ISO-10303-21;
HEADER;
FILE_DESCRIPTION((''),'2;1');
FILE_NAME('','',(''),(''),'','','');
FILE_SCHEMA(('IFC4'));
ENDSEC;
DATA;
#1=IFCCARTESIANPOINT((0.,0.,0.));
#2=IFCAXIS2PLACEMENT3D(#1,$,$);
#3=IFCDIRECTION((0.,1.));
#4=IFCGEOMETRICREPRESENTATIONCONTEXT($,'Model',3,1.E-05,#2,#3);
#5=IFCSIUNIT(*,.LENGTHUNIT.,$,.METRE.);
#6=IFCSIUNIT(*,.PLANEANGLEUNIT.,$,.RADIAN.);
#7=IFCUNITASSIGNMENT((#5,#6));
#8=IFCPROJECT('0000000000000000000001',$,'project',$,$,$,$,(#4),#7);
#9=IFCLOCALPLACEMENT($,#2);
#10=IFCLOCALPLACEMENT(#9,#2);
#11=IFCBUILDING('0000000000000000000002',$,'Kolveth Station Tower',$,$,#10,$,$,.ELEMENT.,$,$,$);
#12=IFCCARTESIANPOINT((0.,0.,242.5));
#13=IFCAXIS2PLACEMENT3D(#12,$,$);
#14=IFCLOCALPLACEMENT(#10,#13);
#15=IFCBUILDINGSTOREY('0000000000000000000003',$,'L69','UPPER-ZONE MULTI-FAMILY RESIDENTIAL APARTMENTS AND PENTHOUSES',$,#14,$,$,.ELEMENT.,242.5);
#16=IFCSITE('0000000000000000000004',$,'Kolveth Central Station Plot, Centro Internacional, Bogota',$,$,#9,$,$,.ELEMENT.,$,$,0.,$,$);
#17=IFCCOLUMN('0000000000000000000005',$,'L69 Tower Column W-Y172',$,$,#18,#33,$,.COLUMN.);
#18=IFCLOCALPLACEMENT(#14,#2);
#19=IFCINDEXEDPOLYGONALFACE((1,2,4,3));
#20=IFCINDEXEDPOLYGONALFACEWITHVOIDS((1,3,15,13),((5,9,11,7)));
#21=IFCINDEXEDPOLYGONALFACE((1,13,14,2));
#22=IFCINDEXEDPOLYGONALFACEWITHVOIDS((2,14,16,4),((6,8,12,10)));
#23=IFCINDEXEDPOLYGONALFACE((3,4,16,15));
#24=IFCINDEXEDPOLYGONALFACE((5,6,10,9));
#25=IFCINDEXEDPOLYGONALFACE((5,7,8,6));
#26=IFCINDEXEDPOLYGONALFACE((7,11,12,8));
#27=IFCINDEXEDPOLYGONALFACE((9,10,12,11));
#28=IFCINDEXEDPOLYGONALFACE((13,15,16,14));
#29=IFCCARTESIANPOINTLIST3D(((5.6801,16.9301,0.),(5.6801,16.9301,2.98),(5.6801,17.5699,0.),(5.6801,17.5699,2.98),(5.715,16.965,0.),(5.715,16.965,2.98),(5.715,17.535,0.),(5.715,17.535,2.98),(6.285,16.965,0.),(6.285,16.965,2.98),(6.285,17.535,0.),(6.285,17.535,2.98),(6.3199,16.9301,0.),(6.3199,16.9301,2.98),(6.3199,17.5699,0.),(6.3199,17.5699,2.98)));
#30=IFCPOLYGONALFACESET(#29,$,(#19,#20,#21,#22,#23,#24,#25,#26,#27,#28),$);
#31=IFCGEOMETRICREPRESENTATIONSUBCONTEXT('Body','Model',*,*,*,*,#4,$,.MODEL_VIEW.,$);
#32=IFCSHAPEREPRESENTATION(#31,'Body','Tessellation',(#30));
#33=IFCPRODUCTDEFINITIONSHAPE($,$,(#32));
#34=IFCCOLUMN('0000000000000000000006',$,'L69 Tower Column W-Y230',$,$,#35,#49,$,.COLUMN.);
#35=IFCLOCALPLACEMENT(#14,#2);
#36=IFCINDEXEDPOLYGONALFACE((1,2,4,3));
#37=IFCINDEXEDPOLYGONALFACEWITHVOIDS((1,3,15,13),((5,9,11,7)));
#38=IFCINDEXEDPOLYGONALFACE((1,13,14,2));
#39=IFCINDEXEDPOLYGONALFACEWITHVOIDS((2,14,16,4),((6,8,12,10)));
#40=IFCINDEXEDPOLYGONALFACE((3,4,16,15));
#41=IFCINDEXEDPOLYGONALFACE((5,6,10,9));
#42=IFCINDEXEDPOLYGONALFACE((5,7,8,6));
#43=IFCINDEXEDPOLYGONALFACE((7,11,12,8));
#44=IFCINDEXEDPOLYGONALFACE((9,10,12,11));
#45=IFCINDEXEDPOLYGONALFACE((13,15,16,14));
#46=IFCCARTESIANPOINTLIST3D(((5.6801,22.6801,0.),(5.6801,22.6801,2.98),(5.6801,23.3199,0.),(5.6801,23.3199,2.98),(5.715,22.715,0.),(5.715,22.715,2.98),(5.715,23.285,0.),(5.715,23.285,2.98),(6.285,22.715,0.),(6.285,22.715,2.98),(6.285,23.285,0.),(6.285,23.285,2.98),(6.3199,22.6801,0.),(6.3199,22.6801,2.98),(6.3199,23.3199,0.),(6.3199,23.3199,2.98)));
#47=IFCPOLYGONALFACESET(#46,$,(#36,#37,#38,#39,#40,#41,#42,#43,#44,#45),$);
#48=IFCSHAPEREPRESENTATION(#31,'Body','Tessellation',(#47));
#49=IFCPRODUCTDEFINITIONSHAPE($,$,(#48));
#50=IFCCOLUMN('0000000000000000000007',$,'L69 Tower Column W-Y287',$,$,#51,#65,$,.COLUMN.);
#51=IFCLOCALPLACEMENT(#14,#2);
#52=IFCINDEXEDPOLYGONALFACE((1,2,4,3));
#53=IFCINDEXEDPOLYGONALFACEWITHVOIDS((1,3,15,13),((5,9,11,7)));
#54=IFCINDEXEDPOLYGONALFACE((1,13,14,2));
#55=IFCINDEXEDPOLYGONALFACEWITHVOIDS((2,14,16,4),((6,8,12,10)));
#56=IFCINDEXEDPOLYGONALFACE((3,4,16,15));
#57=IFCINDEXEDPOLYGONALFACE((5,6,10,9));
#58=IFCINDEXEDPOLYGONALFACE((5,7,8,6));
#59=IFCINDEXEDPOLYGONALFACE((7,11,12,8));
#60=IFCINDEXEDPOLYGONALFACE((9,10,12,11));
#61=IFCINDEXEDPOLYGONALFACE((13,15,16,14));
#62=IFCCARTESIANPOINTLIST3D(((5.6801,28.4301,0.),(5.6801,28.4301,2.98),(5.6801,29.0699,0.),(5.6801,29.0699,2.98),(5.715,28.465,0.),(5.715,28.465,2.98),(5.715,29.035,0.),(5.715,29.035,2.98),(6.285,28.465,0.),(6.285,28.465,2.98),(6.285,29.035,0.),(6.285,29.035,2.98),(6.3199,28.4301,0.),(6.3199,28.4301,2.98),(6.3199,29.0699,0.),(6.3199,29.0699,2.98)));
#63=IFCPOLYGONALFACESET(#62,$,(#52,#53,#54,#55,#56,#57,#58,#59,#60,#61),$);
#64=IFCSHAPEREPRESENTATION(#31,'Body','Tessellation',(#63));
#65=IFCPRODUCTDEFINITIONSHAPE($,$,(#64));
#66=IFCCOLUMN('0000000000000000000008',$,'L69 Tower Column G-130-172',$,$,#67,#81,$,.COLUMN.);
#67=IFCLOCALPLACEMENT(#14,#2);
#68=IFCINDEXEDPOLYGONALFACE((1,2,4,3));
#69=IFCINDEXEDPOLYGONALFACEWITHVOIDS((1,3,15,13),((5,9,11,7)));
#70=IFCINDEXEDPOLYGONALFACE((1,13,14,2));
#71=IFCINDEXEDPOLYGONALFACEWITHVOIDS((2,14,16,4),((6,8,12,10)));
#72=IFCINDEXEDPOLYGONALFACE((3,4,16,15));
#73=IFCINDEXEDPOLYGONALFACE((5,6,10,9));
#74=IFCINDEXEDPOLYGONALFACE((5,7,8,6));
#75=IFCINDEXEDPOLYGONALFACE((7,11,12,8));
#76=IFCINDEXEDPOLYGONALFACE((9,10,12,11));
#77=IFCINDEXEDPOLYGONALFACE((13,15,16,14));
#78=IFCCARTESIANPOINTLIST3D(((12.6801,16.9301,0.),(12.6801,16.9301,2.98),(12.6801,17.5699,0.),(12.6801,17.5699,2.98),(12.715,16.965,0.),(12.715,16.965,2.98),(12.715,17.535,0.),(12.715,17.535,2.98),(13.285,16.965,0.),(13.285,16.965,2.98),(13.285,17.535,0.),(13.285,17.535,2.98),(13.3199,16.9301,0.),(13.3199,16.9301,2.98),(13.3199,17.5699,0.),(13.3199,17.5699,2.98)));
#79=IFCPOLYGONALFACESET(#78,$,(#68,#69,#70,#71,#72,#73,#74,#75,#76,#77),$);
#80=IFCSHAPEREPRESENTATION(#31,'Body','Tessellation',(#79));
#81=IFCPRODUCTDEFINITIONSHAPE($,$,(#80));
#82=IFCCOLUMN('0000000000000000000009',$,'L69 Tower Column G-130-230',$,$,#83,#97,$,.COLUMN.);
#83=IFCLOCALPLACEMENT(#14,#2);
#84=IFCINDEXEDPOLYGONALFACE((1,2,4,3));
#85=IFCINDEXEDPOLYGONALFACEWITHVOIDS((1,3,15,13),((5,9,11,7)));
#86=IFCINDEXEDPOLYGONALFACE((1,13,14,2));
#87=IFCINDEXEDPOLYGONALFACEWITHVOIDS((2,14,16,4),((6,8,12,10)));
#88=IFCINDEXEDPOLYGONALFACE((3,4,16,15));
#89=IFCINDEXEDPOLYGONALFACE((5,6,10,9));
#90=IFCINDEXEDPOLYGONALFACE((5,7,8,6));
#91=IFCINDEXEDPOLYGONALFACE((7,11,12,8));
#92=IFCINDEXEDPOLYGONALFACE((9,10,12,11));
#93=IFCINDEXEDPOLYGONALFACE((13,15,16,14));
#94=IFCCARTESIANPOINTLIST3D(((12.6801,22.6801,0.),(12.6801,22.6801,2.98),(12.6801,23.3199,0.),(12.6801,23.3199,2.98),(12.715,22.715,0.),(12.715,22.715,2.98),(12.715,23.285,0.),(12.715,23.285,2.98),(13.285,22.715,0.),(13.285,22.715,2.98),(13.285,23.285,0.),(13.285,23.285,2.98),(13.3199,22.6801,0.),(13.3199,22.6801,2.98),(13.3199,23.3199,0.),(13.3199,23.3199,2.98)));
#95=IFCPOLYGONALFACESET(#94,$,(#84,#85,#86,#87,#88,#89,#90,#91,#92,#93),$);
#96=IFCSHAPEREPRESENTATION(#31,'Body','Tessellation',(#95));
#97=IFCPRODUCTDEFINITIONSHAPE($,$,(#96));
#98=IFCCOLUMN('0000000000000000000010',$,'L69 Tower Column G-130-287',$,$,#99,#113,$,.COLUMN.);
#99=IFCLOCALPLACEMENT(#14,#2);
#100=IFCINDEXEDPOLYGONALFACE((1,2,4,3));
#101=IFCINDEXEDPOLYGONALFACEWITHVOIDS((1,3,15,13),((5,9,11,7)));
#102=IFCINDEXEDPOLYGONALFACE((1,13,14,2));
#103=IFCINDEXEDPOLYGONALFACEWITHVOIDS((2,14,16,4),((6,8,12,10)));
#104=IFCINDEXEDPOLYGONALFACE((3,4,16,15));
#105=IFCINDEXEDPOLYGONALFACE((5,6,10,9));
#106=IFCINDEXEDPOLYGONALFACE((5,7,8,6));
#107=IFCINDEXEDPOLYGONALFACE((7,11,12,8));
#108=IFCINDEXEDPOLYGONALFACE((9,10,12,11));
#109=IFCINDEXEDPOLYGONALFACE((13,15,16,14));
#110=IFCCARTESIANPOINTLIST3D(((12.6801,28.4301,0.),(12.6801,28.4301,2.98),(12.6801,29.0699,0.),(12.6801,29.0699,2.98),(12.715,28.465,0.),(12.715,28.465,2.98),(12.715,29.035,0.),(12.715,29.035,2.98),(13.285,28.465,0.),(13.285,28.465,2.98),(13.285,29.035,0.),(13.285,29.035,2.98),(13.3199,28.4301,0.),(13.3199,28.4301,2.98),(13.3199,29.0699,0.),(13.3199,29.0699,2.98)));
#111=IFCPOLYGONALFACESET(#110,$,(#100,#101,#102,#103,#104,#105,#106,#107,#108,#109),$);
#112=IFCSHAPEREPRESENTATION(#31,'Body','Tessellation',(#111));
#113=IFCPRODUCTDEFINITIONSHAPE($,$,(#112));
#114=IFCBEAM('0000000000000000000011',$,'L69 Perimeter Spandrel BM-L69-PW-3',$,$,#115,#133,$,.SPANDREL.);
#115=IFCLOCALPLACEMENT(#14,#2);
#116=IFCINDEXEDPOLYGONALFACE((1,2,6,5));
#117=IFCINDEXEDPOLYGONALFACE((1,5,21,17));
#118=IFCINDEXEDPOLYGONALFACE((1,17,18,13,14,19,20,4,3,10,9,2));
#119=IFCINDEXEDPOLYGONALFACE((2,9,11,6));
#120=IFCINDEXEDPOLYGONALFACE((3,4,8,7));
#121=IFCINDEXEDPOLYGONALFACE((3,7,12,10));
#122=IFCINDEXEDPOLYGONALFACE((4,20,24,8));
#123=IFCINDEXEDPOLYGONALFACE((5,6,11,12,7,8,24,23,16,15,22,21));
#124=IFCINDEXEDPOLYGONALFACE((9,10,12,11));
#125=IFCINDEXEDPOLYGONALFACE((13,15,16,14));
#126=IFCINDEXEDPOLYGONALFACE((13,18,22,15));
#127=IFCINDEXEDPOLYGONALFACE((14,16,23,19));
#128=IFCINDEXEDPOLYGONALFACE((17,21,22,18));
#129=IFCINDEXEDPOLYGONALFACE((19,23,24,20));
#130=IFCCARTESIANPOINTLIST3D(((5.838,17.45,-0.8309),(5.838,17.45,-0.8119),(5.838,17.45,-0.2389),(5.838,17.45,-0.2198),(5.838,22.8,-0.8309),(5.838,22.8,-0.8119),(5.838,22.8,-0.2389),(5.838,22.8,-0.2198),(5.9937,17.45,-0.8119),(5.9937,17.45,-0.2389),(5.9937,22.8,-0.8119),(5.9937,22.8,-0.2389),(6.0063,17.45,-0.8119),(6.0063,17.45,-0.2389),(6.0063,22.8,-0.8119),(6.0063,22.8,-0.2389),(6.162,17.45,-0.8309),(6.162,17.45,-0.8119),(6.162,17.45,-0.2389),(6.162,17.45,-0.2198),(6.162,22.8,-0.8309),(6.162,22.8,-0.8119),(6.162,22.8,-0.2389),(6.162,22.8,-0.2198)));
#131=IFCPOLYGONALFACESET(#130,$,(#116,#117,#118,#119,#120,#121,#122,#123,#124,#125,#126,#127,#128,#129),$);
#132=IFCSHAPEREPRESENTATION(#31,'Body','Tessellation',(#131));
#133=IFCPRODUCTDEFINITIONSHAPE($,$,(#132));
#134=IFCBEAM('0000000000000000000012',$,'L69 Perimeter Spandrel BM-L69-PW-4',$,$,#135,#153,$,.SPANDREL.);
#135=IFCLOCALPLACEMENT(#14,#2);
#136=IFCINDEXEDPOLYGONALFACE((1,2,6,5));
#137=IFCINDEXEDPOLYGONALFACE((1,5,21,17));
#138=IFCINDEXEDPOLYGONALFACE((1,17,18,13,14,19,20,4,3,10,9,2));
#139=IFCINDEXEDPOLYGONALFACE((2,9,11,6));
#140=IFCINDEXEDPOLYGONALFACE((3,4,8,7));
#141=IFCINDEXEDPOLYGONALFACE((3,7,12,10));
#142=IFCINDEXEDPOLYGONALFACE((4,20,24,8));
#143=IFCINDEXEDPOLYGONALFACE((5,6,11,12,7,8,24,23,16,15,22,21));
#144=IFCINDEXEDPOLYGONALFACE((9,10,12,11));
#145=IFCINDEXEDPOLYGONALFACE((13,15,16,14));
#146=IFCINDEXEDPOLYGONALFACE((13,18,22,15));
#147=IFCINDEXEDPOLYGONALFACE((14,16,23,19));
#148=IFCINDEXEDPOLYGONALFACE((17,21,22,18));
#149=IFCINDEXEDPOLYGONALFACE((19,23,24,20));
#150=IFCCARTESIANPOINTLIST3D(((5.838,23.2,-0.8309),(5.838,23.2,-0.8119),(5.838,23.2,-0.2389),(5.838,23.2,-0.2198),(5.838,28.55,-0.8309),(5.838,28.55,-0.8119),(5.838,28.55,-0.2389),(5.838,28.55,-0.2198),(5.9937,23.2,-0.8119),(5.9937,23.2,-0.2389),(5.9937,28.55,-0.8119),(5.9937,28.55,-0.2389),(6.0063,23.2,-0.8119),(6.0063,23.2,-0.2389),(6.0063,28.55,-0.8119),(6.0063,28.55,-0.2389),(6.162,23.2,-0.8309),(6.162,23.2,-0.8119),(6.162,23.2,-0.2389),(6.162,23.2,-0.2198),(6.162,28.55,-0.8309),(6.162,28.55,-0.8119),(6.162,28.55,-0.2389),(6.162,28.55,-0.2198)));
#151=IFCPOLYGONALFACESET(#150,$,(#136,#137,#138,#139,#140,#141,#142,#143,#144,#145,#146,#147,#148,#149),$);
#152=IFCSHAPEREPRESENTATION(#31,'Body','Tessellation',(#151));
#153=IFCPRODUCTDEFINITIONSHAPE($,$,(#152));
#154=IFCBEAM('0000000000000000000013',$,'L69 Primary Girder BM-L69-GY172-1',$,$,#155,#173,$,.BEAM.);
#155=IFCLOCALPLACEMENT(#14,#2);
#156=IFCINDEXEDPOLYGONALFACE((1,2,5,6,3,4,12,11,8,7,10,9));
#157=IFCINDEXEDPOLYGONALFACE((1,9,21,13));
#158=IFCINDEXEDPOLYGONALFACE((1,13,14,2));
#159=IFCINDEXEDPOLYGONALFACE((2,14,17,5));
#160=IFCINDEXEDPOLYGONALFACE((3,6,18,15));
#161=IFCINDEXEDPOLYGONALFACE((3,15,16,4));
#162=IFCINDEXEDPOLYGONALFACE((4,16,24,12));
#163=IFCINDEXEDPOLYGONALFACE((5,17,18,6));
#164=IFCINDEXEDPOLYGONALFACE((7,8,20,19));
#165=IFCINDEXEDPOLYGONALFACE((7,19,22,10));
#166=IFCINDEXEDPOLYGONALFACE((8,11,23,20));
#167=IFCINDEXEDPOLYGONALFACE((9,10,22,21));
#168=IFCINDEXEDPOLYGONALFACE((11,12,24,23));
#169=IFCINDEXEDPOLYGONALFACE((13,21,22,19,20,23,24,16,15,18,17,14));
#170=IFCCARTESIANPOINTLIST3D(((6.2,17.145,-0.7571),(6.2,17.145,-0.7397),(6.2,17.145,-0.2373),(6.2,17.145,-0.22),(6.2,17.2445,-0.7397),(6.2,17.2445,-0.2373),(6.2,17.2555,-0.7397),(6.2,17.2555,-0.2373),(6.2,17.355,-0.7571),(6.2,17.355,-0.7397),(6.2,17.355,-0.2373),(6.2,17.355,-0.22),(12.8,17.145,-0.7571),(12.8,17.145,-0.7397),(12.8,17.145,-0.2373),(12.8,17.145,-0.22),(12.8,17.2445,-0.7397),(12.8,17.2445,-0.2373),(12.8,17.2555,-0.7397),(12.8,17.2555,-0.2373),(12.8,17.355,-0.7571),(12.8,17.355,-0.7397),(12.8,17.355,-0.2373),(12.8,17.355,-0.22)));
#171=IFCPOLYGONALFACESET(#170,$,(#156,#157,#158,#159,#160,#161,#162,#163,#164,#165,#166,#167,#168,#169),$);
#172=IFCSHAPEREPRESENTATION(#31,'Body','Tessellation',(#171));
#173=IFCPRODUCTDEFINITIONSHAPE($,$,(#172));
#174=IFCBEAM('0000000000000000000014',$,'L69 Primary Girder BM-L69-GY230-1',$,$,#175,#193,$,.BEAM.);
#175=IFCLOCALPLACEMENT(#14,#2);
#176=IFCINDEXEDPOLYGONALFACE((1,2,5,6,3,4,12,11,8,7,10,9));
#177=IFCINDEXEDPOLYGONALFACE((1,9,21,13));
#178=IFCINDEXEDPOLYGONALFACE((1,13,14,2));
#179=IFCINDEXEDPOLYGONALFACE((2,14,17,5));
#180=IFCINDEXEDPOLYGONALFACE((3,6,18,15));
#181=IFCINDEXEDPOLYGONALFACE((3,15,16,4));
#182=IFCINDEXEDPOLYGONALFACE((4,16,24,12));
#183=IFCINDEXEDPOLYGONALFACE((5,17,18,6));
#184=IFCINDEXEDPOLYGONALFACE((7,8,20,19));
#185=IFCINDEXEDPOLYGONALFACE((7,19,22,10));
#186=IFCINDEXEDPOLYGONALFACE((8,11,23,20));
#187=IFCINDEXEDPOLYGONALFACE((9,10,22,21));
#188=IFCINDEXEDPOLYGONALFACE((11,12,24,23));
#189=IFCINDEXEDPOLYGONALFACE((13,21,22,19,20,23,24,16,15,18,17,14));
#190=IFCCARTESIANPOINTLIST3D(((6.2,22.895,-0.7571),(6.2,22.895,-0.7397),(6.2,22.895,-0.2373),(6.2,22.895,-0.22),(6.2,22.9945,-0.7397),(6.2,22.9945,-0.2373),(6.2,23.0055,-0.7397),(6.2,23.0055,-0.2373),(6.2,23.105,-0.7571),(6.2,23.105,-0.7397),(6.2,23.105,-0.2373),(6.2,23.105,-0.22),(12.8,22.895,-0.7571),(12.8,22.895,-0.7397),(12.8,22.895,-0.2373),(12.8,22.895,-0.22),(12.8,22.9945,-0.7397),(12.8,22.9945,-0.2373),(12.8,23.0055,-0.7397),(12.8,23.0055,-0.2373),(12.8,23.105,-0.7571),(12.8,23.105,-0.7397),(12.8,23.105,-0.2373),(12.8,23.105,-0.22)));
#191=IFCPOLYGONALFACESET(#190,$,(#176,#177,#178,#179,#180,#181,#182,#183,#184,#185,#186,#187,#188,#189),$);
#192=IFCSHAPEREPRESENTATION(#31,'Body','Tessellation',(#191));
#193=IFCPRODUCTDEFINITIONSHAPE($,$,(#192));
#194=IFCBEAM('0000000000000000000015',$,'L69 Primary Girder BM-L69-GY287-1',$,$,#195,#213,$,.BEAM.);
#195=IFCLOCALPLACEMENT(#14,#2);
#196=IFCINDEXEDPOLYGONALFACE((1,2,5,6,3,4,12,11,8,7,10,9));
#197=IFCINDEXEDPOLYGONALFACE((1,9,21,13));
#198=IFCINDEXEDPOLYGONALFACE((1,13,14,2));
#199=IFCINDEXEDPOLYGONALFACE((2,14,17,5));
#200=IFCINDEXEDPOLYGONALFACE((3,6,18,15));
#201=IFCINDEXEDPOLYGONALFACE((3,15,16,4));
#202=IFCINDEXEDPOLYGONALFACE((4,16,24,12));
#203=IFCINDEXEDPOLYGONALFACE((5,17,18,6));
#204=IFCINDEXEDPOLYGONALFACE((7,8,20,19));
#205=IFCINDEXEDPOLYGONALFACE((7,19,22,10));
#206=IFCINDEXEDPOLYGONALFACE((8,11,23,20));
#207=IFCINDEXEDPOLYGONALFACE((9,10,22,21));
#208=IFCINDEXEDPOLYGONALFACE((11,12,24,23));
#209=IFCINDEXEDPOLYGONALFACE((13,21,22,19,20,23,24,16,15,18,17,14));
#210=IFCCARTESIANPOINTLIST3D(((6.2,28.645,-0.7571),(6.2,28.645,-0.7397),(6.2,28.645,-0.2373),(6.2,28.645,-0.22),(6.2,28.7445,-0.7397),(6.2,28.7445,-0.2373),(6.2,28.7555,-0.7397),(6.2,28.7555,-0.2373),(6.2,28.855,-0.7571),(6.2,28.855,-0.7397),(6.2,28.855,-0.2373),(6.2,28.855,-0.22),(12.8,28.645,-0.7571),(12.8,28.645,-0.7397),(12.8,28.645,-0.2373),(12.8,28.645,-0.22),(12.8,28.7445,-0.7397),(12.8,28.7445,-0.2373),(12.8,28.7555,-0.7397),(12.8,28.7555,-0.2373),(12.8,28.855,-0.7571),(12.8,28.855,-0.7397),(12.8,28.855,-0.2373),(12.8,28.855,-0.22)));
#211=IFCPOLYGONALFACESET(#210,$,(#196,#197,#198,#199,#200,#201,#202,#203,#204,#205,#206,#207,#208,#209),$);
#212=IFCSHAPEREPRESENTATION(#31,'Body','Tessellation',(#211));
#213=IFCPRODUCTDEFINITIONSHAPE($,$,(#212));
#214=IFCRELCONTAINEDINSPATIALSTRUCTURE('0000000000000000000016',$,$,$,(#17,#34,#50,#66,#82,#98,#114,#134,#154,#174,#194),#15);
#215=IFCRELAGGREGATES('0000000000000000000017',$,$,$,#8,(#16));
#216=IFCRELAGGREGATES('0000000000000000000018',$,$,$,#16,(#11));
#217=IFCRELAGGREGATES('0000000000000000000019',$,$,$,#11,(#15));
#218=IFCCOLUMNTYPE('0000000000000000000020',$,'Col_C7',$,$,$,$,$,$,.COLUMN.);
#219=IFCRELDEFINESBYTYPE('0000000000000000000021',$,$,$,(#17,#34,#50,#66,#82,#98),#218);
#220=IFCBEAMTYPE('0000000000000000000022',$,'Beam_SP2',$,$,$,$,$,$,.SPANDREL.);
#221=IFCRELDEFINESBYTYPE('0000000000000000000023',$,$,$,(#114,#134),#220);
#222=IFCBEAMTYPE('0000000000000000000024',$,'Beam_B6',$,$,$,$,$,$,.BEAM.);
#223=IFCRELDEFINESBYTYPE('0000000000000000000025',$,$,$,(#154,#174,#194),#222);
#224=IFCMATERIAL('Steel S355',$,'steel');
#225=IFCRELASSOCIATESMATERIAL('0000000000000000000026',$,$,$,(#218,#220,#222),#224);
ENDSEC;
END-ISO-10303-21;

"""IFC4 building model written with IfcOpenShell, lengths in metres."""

from ifc_helpers import new_model, si_unit, direction, frame, origin, origin_2d, place, context, subcontext, project, spatial, hollow_rectangle, i_section, extrude, source, transform, mapped, material, material_profile, profile_set, type_object, element, save


model = new_model("IFC4")

# Units and contexts
model_context = context("Model", 3, precision=1e-05, world=origin(), true_north=direction((0.0, 1.0)))
body_context = subcontext(model_context, "Body", "Model", "MODEL_VIEW")
ifc_project = project(units=[si_unit("LENGTHUNIT", "METRE"), si_unit("PLANEANGLEUNIT", "RADIAN")], contexts=[model_context])

# Site, building, storey
site_placement = place(None, origin())
site = spatial("IfcSite", under=ifc_project, at=site_placement, Name="Kolveth Central Station Plot, Centro Internacional, Bogota", CompositionType="ELEMENT", RefElevation=0.0)
building_placement = place(site_placement, origin())
building = spatial("IfcBuilding", under=site, at=building_placement, Name="Kolveth Station Tower", CompositionType="ELEMENT")
storey_placement = place(building_placement, frame((0.0, 0.0, 242.5)))
storey = spatial("IfcBuildingStorey", under=building, at=storey_placement, Name="L69", Description="UPPER-ZONE MULTI-FAMILY RESIDENTIAL APARTMENTS AND PENTHOUSES", CompositionType="ELEMENT", Elevation=242.5)

# Columns
ifc_material_1 = material(Name="Steel S355", Category="steel")
ifc_material_profile_1 = material_profile(ifc_material_1, hollow_rectangle(XDim=0.6399, YDim=0.6399, WallThickness=0.0349, at=origin_2d()), Name="BOX640x640x35")
ifc_profile_set_1 = profile_set([ifc_material_profile_1], Name="Steel S355")
column_type = type_object("IfcColumnType", Name="Col_C7", PredefinedType="COLUMN", material=ifc_profile_set_1)
shared_shape_1 = source(origin(), body_context, "Body", "SweptSolid", [
    extrude(hollow_rectangle(XDim=0.6399, YDim=0.6399, WallThickness=0.0349, at=origin_2d()), origin(), (0.0, 0.0, 1.0), 2.98),
])
for number, where, z_axis, x_axis, name in (
    (1, (6.0, 17.25, 0.0), (0.0, 0.0, 1.0), (1.0, 0.0, 0.0), "L69 Tower Column W-Y172"),
    (2, (6.0, 23.0, 0.0), (0.0, 0.0, 1.0), (1.0, 0.0, 0.0), "L69 Tower Column W-Y230"),
    (3, (6.0, 28.75, 0.0), (0.0, 0.0, 1.0), (1.0, 0.0, 0.0), "L69 Tower Column W-Y287"),
    (4, (13.0, 17.25, 0.0), (0.0, 0.0, 1.0), (1.0, 0.0, 0.0), "L69 Tower Column G-130-172"),
    (5, (13.0, 23.0, 0.0), (0.0, 0.0, 1.0), (1.0, 0.0, 0.0), "L69 Tower Column G-130-230"),
    (6, (13.0, 28.75, 0.0), (0.0, 0.0, 1.0), (1.0, 0.0, 0.0), "L69 Tower Column G-130-287"),
):
    element("IfcColumn", number, at=place(storey_placement, frame(where, z_axis=z_axis, x_axis=x_axis)), inside=storey, type_object=column_type, Name=name, PredefinedType="COLUMN", context=body_context, shape_type="MappedRepresentation", body=[
        mapped(shared_shape_1, transform((0.0, 0.0, 0.0), x_axis=(1.0, 0.0, 0.0), y_axis=(0.0, 1.0, 0.0), z_axis=(0.0, 0.0, 1.0), scale=1.0)),
    ])

# Beams
ifc_material_profile_2 = material_profile(ifc_material_1, i_section(OverallWidth=0.324, OverallDepth=0.6111, WebThickness=0.0127, FlangeThickness=0.019, at=origin_2d()), Name="W610x155")
ifc_profile_set_2 = profile_set([ifc_material_profile_2], Name="Steel S355")
beam_type_1 = type_object("IfcBeamType", Name="Beam_SP2", PredefinedType="SPANDREL", material=ifc_profile_set_2)
shared_shape_2 = source(origin(), body_context, "Body", "SweptSolid", [
    extrude(i_section(OverallWidth=0.324, OverallDepth=0.6111, WebThickness=0.0127, FlangeThickness=0.019, at=origin_2d()), origin(), (0.0, 0.0, 1.0), 5.3501),
])
for number, where, z_axis, x_axis, name in (
    (7, (6.0, 17.45, -0.5254), (0.0, 1.0, 0.0), (-1.0, 0.0, 0.0), "L69 Perimeter Spandrel BM-L69-PW-3"),
    (8, (6.0, 23.2, -0.5254), (0.0, 1.0, 0.0), (-1.0, 0.0, 0.0), "L69 Perimeter Spandrel BM-L69-PW-4"),
):
    element("IfcBeam", number, at=place(storey_placement, frame(where, z_axis=z_axis, x_axis=x_axis)), inside=storey, type_object=beam_type_1, Name=name, PredefinedType="SPANDREL", context=body_context, shape_type="MappedRepresentation", body=[
        mapped(shared_shape_2, transform((0.0, 0.0, 0.0), x_axis=(1.0, 0.0, 0.0), y_axis=(0.0, 1.0, 0.0), z_axis=(0.0, 0.0, 1.0), scale=1.0)),
    ])
ifc_material_profile_3 = material_profile(ifc_material_1, i_section(OverallWidth=0.21, OverallDepth=0.5371, WebThickness=0.011, FlangeThickness=0.0173, at=origin_2d()), Name="W530x101")
ifc_profile_set_3 = profile_set([ifc_material_profile_3], Name="Steel S355")
beam_type_2 = type_object("IfcBeamType", Name="Beam_B6", PredefinedType="BEAM", material=ifc_profile_set_3)
shared_shape_3 = source(origin(), body_context, "Body", "SweptSolid", [
    extrude(i_section(OverallWidth=0.21, OverallDepth=0.5371, WebThickness=0.011, FlangeThickness=0.0173, at=origin_2d()), origin(), (0.0, 0.0, 1.0), 6.6001),
])
for number, where, z_axis, x_axis, name in (
    (9, (6.2, 17.25, -0.4885), (1.0, 0.0, 0.0), (0.0, 1.0, 0.0), "L69 Primary Girder BM-L69-GY172-1"),
    (10, (6.2, 23.0, -0.4885), (1.0, 0.0, 0.0), (0.0, 1.0, 0.0), "L69 Primary Girder BM-L69-GY230-1"),
    (11, (6.2, 28.75, -0.4885), (1.0, 0.0, 0.0), (0.0, 1.0, 0.0), "L69 Primary Girder BM-L69-GY287-1"),
):
    element("IfcBeam", number, at=place(storey_placement, frame(where, z_axis=z_axis, x_axis=x_axis)), inside=storey, type_object=beam_type_2, Name=name, PredefinedType="BEAM", context=body_context, shape_type="MappedRepresentation", body=[
        mapped(shared_shape_3, transform((0.0, 0.0, 0.0), x_axis=(1.0, 0.0, 0.0), y_axis=(0.0, 1.0, 0.0), z_axis=(0.0, 0.0, 1.0), scale=1.0)),
    ])

save(model, "model.ifc")
